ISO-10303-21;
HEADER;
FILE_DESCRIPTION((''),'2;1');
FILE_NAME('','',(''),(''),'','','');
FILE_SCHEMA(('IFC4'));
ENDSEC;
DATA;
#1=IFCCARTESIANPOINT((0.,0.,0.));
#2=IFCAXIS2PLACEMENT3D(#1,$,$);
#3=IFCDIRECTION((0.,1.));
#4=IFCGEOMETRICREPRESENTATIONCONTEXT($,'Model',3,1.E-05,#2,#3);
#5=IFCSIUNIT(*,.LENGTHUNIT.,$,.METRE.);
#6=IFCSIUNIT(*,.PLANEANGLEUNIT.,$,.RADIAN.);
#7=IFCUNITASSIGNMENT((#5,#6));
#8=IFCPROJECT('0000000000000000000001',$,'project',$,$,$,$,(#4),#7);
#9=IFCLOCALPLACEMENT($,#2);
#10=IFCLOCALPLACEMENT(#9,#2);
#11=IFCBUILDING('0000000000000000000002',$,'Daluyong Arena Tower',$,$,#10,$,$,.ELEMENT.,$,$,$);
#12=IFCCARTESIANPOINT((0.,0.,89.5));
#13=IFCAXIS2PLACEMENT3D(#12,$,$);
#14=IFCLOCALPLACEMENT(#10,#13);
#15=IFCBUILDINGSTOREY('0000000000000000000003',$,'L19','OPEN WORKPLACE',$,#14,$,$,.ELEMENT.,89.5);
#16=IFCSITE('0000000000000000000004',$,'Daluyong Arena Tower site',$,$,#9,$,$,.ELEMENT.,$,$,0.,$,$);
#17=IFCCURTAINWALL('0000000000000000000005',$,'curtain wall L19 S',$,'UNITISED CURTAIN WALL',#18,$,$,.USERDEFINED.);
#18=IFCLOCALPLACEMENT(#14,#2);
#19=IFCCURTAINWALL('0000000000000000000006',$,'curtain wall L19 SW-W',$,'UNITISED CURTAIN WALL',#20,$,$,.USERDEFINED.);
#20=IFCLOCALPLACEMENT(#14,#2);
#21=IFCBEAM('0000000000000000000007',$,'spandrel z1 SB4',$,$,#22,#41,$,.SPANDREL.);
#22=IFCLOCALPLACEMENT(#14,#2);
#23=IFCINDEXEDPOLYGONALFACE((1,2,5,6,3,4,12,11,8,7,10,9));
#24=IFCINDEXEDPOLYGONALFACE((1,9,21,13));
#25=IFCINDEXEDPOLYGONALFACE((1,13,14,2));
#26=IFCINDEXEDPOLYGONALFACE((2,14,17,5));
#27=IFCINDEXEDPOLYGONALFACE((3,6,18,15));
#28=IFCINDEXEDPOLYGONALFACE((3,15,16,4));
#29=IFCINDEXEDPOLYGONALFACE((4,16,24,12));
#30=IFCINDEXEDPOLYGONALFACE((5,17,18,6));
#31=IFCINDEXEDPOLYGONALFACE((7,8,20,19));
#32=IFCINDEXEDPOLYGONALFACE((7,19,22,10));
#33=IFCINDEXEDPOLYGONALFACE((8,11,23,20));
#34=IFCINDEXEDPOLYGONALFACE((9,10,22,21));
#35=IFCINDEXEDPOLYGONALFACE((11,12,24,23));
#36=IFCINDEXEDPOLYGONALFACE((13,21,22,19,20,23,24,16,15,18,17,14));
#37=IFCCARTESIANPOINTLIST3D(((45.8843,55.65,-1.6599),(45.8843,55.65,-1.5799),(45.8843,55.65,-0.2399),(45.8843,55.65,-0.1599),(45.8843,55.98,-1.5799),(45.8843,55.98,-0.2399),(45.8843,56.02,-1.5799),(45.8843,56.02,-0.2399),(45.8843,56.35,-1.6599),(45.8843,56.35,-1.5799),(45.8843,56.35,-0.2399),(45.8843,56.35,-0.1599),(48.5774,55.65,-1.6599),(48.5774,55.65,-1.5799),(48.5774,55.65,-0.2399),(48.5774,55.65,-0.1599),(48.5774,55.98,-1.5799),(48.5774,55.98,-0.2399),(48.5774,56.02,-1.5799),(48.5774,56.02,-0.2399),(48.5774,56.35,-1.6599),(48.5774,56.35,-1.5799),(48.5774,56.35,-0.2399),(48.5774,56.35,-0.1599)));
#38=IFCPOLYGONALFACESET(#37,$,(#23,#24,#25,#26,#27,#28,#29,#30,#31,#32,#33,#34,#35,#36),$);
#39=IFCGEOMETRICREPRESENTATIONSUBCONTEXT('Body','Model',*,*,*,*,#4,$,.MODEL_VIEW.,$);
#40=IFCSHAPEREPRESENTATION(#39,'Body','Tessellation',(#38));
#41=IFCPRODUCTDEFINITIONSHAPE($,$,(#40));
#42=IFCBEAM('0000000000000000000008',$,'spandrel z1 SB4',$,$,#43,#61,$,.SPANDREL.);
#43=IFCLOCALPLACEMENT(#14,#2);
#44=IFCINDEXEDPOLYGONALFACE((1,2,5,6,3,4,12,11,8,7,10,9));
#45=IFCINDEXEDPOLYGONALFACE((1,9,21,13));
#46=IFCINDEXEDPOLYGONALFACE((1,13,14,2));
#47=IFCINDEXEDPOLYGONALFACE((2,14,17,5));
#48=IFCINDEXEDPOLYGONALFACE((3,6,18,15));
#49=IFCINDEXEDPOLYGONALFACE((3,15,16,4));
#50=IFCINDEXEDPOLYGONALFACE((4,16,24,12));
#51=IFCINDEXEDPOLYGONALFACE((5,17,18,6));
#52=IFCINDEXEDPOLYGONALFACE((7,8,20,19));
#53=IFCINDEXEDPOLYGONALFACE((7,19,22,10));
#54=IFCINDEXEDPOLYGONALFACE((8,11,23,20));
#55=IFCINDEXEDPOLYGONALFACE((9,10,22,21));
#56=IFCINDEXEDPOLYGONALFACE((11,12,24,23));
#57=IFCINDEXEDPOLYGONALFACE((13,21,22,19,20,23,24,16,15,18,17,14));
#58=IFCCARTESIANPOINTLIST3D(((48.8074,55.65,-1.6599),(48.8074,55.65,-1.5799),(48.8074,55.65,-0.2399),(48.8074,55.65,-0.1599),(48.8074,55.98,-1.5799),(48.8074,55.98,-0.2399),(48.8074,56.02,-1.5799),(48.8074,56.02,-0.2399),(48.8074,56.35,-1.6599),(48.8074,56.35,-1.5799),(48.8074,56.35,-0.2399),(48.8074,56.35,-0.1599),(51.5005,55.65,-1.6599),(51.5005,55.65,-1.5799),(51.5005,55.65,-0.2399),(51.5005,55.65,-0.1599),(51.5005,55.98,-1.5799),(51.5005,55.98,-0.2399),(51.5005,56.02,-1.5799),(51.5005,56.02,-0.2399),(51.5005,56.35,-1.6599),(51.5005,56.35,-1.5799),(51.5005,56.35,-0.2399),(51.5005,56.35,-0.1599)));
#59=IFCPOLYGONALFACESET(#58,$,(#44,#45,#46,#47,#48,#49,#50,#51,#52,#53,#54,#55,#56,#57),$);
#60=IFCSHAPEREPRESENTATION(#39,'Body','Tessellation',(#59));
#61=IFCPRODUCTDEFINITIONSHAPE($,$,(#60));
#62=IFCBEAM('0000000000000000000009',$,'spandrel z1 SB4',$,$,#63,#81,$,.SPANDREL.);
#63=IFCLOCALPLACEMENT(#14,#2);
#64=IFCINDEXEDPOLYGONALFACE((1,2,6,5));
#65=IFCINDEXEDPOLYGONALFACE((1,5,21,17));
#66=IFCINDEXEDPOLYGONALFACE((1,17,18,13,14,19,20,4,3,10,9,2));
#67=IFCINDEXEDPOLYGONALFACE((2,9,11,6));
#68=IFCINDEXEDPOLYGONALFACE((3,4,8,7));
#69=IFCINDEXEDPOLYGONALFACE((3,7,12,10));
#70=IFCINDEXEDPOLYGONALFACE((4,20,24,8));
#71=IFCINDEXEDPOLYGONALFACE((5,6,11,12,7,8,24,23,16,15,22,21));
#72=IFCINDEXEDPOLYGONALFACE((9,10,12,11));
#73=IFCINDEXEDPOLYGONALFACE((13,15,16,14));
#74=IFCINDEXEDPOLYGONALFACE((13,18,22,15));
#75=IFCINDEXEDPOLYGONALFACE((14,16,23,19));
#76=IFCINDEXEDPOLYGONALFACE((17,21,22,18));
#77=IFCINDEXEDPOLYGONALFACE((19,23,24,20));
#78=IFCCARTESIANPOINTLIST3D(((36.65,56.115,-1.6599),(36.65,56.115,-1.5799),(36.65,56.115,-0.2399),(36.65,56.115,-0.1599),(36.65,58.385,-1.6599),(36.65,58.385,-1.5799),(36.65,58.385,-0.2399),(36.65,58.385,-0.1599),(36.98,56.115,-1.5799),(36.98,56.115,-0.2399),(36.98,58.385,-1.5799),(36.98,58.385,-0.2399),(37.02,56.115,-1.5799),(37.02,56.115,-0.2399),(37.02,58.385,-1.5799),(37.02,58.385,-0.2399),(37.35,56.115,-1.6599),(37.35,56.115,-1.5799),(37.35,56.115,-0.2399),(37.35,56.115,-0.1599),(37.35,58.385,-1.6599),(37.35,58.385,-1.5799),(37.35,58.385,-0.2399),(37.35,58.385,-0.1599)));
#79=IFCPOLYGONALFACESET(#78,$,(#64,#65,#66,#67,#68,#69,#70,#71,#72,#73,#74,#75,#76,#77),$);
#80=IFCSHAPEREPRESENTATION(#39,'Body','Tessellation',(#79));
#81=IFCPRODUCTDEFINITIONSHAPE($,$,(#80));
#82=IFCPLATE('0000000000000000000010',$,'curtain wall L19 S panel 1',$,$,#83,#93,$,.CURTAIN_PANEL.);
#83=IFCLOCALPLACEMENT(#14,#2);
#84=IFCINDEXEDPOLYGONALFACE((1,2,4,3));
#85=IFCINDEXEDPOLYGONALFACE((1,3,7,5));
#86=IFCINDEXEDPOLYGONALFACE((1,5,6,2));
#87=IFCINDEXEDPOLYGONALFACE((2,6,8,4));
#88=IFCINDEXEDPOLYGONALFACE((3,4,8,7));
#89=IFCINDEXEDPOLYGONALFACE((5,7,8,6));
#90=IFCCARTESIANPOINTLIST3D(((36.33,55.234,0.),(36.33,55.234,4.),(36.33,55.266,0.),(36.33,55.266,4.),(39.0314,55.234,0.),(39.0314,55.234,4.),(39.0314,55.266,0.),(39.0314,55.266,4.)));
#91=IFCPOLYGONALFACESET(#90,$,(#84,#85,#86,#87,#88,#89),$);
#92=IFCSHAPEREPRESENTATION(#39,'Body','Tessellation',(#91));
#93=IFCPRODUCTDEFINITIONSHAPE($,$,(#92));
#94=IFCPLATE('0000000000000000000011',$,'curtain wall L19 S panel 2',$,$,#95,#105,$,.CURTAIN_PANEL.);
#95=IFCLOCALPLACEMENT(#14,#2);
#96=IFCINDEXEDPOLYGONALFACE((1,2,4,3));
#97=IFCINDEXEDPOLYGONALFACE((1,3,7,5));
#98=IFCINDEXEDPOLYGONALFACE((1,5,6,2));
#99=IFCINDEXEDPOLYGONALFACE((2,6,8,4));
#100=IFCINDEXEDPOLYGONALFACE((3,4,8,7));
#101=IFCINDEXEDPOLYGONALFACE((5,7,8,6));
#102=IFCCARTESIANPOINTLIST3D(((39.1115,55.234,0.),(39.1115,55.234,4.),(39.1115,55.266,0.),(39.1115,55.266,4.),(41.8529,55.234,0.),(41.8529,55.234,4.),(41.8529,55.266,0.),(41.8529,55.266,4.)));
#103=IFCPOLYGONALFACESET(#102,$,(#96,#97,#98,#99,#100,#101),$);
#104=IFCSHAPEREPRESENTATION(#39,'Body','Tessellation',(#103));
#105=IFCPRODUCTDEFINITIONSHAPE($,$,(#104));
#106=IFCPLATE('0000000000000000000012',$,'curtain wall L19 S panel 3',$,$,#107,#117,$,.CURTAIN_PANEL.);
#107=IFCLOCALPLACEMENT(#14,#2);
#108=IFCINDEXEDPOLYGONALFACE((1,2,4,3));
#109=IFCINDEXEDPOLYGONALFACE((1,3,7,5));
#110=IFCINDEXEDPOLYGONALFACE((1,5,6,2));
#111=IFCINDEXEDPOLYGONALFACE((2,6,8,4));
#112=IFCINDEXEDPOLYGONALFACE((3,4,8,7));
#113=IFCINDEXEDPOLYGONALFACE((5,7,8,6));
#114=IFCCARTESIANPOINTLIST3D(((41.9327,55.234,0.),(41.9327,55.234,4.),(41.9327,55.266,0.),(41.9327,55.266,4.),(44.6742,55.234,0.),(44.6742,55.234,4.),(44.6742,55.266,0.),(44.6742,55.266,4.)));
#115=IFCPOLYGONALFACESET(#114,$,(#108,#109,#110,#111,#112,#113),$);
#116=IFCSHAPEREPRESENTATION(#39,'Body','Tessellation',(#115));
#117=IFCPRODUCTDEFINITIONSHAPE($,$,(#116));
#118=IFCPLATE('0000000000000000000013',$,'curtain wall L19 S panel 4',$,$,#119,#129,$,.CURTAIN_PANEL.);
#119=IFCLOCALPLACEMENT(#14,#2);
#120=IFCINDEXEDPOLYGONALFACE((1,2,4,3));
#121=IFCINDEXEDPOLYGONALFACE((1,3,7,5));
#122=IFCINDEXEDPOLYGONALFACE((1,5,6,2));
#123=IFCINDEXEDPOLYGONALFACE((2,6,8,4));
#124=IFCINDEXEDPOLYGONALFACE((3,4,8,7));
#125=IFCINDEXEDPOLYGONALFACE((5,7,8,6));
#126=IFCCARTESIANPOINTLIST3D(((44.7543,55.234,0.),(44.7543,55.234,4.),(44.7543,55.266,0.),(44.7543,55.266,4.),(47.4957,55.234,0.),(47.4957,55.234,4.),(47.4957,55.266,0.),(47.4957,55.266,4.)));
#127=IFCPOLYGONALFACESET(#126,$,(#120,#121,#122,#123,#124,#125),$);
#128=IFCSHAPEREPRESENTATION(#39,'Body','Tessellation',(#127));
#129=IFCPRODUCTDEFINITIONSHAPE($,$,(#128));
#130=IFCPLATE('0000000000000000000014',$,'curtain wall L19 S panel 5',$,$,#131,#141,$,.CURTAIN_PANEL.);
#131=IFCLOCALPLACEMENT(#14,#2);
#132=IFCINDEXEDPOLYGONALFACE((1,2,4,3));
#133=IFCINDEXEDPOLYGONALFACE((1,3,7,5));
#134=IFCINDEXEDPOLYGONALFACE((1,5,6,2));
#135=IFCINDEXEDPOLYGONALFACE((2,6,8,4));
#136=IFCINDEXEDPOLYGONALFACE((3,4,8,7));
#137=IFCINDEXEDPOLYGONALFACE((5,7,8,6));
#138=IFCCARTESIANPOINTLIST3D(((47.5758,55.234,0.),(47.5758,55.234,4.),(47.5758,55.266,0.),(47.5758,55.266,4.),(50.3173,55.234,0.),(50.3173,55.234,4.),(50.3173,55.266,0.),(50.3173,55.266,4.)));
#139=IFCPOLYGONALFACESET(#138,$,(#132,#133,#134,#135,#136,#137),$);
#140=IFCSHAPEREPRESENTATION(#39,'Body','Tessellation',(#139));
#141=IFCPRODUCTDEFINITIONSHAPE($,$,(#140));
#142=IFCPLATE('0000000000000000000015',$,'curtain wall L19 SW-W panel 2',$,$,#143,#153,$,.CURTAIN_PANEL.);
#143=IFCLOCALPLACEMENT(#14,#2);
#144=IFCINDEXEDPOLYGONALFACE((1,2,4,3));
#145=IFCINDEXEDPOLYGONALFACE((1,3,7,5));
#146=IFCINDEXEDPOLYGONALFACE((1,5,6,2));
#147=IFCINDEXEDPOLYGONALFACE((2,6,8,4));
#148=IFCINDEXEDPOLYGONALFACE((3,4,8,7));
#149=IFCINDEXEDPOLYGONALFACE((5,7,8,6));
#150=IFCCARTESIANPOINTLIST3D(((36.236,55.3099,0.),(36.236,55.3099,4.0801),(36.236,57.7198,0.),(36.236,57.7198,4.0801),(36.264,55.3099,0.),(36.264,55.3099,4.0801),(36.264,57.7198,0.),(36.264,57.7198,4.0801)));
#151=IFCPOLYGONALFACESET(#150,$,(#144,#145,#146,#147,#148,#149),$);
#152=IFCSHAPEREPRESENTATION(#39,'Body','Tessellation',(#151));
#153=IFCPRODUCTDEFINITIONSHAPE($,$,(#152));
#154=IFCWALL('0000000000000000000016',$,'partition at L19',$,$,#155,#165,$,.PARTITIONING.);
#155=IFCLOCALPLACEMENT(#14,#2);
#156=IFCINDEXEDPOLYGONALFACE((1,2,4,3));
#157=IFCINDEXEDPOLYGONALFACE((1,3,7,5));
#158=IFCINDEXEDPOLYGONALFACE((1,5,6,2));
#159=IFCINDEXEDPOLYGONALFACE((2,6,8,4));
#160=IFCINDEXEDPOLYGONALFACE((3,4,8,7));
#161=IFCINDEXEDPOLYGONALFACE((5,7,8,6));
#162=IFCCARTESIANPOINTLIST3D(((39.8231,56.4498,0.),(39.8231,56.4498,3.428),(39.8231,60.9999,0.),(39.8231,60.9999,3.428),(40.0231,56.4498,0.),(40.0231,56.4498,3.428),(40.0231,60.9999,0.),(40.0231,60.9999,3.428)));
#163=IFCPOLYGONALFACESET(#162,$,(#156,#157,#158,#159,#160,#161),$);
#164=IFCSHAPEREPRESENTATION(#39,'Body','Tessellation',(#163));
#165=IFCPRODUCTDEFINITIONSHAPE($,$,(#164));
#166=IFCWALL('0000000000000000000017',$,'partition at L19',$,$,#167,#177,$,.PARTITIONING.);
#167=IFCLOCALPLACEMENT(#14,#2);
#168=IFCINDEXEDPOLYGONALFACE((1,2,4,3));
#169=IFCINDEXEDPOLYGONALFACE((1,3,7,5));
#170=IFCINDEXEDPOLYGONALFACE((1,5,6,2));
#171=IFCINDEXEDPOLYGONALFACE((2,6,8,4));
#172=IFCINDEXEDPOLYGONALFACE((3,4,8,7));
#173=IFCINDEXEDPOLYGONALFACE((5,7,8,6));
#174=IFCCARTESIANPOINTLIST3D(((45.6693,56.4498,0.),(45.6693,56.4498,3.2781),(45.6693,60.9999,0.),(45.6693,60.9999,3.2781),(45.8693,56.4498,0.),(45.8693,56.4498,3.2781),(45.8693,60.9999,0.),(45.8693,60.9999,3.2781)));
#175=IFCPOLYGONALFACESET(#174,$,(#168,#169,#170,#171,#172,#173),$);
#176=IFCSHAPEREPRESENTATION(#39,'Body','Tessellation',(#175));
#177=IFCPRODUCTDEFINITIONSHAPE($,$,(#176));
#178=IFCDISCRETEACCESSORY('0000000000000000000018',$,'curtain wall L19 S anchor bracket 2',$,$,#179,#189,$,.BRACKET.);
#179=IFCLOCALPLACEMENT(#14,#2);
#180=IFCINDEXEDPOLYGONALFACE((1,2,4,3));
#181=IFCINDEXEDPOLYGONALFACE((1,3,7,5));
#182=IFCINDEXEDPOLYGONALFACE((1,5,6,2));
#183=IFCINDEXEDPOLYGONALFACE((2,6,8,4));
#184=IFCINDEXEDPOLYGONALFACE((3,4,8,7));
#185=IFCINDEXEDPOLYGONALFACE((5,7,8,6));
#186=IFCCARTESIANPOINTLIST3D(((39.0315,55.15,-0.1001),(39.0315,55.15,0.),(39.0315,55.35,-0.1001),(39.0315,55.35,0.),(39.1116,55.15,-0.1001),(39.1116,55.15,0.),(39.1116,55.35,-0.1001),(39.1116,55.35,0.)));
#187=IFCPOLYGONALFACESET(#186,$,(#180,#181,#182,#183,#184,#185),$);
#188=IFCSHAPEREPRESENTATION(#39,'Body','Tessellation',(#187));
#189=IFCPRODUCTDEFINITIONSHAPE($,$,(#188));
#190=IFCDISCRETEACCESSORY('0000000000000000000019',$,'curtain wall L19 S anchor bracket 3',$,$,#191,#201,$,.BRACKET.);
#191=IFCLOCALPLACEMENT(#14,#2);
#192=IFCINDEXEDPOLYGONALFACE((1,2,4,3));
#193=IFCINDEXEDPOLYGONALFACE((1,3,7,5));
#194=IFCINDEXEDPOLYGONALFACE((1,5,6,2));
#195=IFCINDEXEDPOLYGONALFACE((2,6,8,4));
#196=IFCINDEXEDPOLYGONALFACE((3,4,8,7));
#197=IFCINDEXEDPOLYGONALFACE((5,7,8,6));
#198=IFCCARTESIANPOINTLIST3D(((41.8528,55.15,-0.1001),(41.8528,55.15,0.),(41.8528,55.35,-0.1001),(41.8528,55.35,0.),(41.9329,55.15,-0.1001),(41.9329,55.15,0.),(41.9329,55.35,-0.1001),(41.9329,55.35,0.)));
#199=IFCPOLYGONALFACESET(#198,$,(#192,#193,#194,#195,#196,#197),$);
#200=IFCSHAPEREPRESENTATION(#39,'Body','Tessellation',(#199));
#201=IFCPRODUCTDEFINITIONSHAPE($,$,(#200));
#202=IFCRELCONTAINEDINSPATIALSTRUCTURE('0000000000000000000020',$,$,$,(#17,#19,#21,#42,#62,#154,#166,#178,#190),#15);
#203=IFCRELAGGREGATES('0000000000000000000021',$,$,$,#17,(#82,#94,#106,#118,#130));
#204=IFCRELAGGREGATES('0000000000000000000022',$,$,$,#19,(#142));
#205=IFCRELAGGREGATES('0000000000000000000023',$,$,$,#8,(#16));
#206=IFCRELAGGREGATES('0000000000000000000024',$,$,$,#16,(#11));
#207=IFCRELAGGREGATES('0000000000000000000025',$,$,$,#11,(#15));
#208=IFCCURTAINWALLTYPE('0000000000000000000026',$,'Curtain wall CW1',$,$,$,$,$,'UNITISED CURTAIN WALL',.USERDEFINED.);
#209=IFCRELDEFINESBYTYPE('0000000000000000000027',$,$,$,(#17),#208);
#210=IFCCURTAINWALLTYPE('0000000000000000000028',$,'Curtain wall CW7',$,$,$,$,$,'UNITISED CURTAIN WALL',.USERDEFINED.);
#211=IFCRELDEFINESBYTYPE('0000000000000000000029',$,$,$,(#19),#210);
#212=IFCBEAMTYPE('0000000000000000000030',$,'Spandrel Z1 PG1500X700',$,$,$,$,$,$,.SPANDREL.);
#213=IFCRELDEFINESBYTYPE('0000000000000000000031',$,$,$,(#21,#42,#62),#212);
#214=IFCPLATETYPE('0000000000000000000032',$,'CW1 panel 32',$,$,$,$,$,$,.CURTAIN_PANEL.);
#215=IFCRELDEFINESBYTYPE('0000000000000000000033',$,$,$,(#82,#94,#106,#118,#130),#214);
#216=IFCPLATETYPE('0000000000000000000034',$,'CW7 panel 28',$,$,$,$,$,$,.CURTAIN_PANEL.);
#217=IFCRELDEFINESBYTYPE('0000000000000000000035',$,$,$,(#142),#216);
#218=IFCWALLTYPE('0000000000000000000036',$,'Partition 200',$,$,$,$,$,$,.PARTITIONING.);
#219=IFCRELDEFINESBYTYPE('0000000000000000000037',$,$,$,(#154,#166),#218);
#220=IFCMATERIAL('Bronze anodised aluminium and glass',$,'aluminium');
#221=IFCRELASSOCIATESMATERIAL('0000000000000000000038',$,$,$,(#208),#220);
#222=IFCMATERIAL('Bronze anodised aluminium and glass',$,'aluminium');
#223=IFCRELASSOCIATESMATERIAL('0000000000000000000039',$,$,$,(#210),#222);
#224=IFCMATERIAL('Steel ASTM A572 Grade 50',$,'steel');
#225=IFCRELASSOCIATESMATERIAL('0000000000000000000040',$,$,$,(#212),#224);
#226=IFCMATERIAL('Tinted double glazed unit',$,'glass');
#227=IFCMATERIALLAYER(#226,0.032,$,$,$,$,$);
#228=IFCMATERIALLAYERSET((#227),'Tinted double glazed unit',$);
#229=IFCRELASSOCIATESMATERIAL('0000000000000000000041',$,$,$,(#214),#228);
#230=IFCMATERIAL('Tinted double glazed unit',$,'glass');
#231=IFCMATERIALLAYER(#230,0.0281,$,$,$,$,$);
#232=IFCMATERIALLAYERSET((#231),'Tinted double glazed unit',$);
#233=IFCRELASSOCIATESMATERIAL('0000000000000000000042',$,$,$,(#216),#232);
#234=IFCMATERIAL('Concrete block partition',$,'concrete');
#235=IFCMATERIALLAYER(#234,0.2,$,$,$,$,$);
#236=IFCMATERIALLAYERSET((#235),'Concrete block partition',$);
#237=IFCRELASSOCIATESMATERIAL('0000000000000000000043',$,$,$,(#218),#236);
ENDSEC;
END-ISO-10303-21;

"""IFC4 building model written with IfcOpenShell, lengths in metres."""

from ifc_helpers import new_model, si_unit, direction, frame, frame_2d, origin, origin_2d, place, context, subcontext, project, spatial, rectangle, i_section, extrude, material, layer, layer_set, material_profile, profile_set, type_object, element, aggregate, save


model = new_model("IFC4")

# Units and contexts
model_context = context("Model", 3, precision=1e-05, world=origin(), true_north=direction((0.0, 1.0)))
body_context = subcontext(model_context, "Body", "Model", "MODEL_VIEW")
ifc_project = project(units=[si_unit("LENGTHUNIT", "METRE"), si_unit("PLANEANGLEUNIT", "RADIAN")], contexts=[model_context])

# Site, building, storey
site_placement = place(None, origin())
site = spatial("IfcSite", under=ifc_project, at=site_placement, Name="Daluyong Arena Tower site", CompositionType="ELEMENT", RefElevation=0.0)
building_placement = place(site_placement, origin())
building = spatial("IfcBuilding", under=site, at=building_placement, Name="Daluyong Arena Tower", CompositionType="ELEMENT")
storey_placement = place(building_placement, frame((0.0, 0.0, 89.5)))
storey = spatial("IfcBuildingStorey", under=building, at=storey_placement, Name="L19", Description="OPEN WORKPLACE", CompositionType="ELEMENT", Elevation=89.5)

# Curtain walls
ifc_material_1 = material(Name="Bronze anodised aluminium and glass", Category="aluminium")
curtain_wall_type_1 = type_object("IfcCurtainWallType", Name="Curtain wall CW1", ElementType="UNITISED CURTAIN WALL", PredefinedType="USERDEFINED", material=ifc_material_1)
curtain_wall_1_placement = place(storey_placement, origin())
curtain_wall_1 = element("IfcCurtainWall", 1, at=curtain_wall_1_placement, inside=storey, type_object=curtain_wall_type_1, Name="curtain wall L19 S", ObjectType="UNITISED CURTAIN WALL", PredefinedType="USERDEFINED")
ifc_material_2 = material(Name="Bronze anodised aluminium and glass", Category="aluminium")
curtain_wall_type_2 = type_object("IfcCurtainWallType", Name="Curtain wall CW7", ElementType="UNITISED CURTAIN WALL", PredefinedType="USERDEFINED", material=ifc_material_2)
curtain_wall_2_placement = place(storey_placement, origin())
curtain_wall_2 = element("IfcCurtainWall", 2, at=curtain_wall_2_placement, inside=storey, type_object=curtain_wall_type_2, Name="curtain wall L19 SW-W", ObjectType="UNITISED CURTAIN WALL", PredefinedType="USERDEFINED")

# Beams
ifc_material_3 = material(Name="Steel ASTM A572 Grade 50", Category="steel")
ifc_material_profile_1 = material_profile(ifc_material_3, i_section(OverallWidth=0.7, OverallDepth=1.5, WebThickness=0.04, FlangeThickness=0.08, at=origin_2d()))
ifc_profile_set_1 = profile_set([ifc_material_profile_1], Name="Steel ASTM A572 Grade 50")
beam_type_1 = type_object("IfcBeamType", Name="Spandrel Z1 PG1500X700", PredefinedType="SPANDREL", material=ifc_profile_set_1)
for number, where, z_axis, x_axis, name in (
    (3, (45.8843, 56.0, -0.9099), (1.0, 0.0, 0.0), (0.0, 1.0, 0.0), "spandrel z1 SB4"),
    (4, (48.8074, 56.0, -0.9099), (1.0, 0.0, 0.0), (0.0, 1.0, 0.0), "spandrel z1 SB4"),
):
    element("IfcBeam", number, at=place(storey_placement, frame(where, z_axis=z_axis, x_axis=x_axis)), inside=storey, type_object=beam_type_1, Name=name, PredefinedType="SPANDREL", context=body_context, shape_type="SweptSolid", body=[
        extrude(i_section(OverallWidth=0.7, OverallDepth=1.5, WebThickness=0.04, FlangeThickness=0.08, at=origin_2d()), origin(), (0.0, 0.0, 1.0), 2.6931),
    ])
beam_1_placement = place(storey_placement, frame((37.0, 58.385, -0.9099), z_axis=(0.0, -1.0, 0.0), x_axis=(1.0, 0.0, 0.0)))
element("IfcBeam", 5, at=beam_1_placement, inside=storey, type_object=beam_type_1, Name="spandrel z1 SB4", PredefinedType="SPANDREL", context=body_context, shape_type="SweptSolid", body=[
    extrude(i_section(OverallWidth=0.7, OverallDepth=1.5, WebThickness=0.04, FlangeThickness=0.08, at=origin_2d()), origin(), (0.0, 0.0, 1.0), 2.27),
])

# Plates
ifc_material_4 = material(Name="Tinted double glazed unit", Category="glass")
ifc_layer_1 = layer(ifc_material_4, 0.032)
ifc_layer_set_1 = layer_set([ifc_layer_1], Name="Tinted double glazed unit")
plate_type_1 = type_object("IfcPlateType", Name="CW1 panel 32", PredefinedType="CURTAIN_PANEL", material=ifc_layer_set_1)
plate_1_placement = place(storey_placement, frame((37.6807, 55.25, 0.0), z_axis=(0.0, 0.0, 1.0), x_axis=(1.0, 0.0, 0.0)))
plate_1 = element("IfcPlate", 6, at=plate_1_placement, type_object=plate_type_1, Name="curtain wall L19 S panel 1", PredefinedType="CURTAIN_PANEL", context=body_context, shape_type="SweptSolid", body=[
    extrude(rectangle(XDim=2.7014, YDim=0.032, at=origin_2d()), origin(), (0.0, 0.0, 1.0), 4.0),
])
plate_2_placement = place(storey_placement, frame((40.4822, 55.25, 0.0), z_axis=(0.0, 0.0, 1.0), x_axis=(1.0, 0.0, 0.0)))
plate_2 = element("IfcPlate", 7, at=plate_2_placement, type_object=plate_type_1, Name="curtain wall L19 S panel 2", PredefinedType="CURTAIN_PANEL", context=body_context, shape_type="SweptSolid", body=[
    extrude(rectangle(XDim=2.7415, YDim=0.032, at=origin_2d()), origin(), (0.0, 0.0, 1.0), 4.0),
])
plate_3_placement = place(storey_placement, frame((43.3035, 55.25, 0.0), z_axis=(0.0, 0.0, 1.0), x_axis=(1.0, 0.0, 0.0)))
plate_3 = element("IfcPlate", 8, at=plate_3_placement, type_object=plate_type_1, Name="curtain wall L19 S panel 3", PredefinedType="CURTAIN_PANEL", context=body_context, shape_type="SweptSolid", body=[
    extrude(rectangle(XDim=2.7415, YDim=0.032, at=origin_2d()), origin(), (0.0, 0.0, 1.0), 4.0),
])
plate_4_placement = place(storey_placement, frame((46.125, 55.25, 0.0), z_axis=(0.0, 0.0, 1.0), x_axis=(1.0, 0.0, 0.0)))
plate_4 = element("IfcPlate", 9, at=plate_4_placement, type_object=plate_type_1, Name="curtain wall L19 S panel 4", PredefinedType="CURTAIN_PANEL", context=body_context, shape_type="SweptSolid", body=[
    extrude(rectangle(XDim=2.7415, YDim=0.032, at=origin_2d()), origin(), (0.0, 0.0, 1.0), 4.0),
])
plate_5_placement = place(storey_placement, frame((48.9465, 55.25, 0.0), z_axis=(0.0, 0.0, 1.0), x_axis=(1.0, 0.0, 0.0)))
plate_5 = element("IfcPlate", 10, at=plate_5_placement, type_object=plate_type_1, Name="curtain wall L19 S panel 5", PredefinedType="CURTAIN_PANEL", context=body_context, shape_type="SweptSolid", body=[
    extrude(rectangle(XDim=2.7415, YDim=0.032, at=origin_2d()), origin(), (0.0, 0.0, 1.0), 4.0),
])
aggregate(curtain_wall_1, [plate_1, plate_2, plate_3, plate_4, plate_5])
ifc_material_5 = material(Name="Tinted double glazed unit", Category="glass")
ifc_layer_2 = layer(ifc_material_5, 0.0281)
ifc_layer_set_2 = layer_set([ifc_layer_2], Name="Tinted double glazed unit")
plate_type_2 = type_object("IfcPlateType", Name="CW7 panel 28", PredefinedType="CURTAIN_PANEL", material=ifc_layer_set_2)
plate_6_placement = place(storey_placement, frame((36.25, 56.5149, 0.0), z_axis=(0.0, 0.0, 1.0), x_axis=(0.0, -1.0, 0.0)))
plate_6 = element("IfcPlate", 11, at=plate_6_placement, type_object=plate_type_2, Name="curtain wall L19 SW-W panel 2", PredefinedType="CURTAIN_PANEL", context=body_context, shape_type="SweptSolid", body=[
    extrude(rectangle(XDim=2.4099, YDim=0.0281, at=origin_2d()), origin(), (0.0, 0.0, 1.0), 4.0801),
])
aggregate(curtain_wall_2, [plate_6])

# Walls
ifc_material_6 = material(Name="Concrete block partition", Category="concrete")
ifc_layer_3 = layer(ifc_material_6, 0.2)
ifc_layer_set_3 = layer_set([ifc_layer_3], Name="Concrete block partition")
wall_type = type_object("IfcWallType", Name="Partition 200", PredefinedType="PARTITIONING", material=ifc_layer_set_3)
wall_1_placement = place(storey_placement, frame((39.9231, 56.45, 0.0), z_axis=(0.0, 0.0, 1.0), x_axis=(0.0, 1.0, 0.0)))
element("IfcWall", 12, at=wall_1_placement, inside=storey, type_object=wall_type, Name="partition at L19", PredefinedType="PARTITIONING", context=body_context, shape_type="SweptSolid", body=[
    extrude(rectangle(XDim=4.55, YDim=0.2, at=frame_2d((2.2749, 0.0))), origin(), (0.0, 0.0, 1.0), 3.428),
])
wall_2_placement = place(storey_placement, frame((45.7693, 56.45, 0.0), z_axis=(0.0, 0.0, 1.0), x_axis=(0.0, 1.0, 0.0)))
element("IfcWall", 13, at=wall_2_placement, inside=storey, type_object=wall_type, Name="partition at L19", PredefinedType="PARTITIONING", context=body_context, shape_type="SweptSolid", body=[
    extrude(rectangle(XDim=4.55, YDim=0.2, at=frame_2d((2.2749, 0.0))), origin(), (0.0, 0.0, 1.0), 3.2781),
])

# Discrete accessories
for number, where, z_axis, x_axis, name in (
    (14, (39.0715, 55.25, -0.1001), (0.0, 0.0, 1.0), (1.0, 0.0, 0.0), "curtain wall L19 S anchor bracket 2"),
    (15, (41.8928, 55.25, -0.1001), (0.0, 0.0, 1.0), (1.0, 0.0, 0.0), "curtain wall L19 S anchor bracket 3"),
):
    element("IfcDiscreteAccessory", number, at=place(storey_placement, frame(where, z_axis=z_axis, x_axis=x_axis)), inside=storey, Name=name, PredefinedType="BRACKET", context=body_context, shape_type="SweptSolid", body=[
        extrude(rectangle(XDim=0.0801, YDim=0.2, at=origin_2d()), origin(), (0.0, 0.0, 1.0), 0.1001),
    ])

save(model, "model.ifc")
